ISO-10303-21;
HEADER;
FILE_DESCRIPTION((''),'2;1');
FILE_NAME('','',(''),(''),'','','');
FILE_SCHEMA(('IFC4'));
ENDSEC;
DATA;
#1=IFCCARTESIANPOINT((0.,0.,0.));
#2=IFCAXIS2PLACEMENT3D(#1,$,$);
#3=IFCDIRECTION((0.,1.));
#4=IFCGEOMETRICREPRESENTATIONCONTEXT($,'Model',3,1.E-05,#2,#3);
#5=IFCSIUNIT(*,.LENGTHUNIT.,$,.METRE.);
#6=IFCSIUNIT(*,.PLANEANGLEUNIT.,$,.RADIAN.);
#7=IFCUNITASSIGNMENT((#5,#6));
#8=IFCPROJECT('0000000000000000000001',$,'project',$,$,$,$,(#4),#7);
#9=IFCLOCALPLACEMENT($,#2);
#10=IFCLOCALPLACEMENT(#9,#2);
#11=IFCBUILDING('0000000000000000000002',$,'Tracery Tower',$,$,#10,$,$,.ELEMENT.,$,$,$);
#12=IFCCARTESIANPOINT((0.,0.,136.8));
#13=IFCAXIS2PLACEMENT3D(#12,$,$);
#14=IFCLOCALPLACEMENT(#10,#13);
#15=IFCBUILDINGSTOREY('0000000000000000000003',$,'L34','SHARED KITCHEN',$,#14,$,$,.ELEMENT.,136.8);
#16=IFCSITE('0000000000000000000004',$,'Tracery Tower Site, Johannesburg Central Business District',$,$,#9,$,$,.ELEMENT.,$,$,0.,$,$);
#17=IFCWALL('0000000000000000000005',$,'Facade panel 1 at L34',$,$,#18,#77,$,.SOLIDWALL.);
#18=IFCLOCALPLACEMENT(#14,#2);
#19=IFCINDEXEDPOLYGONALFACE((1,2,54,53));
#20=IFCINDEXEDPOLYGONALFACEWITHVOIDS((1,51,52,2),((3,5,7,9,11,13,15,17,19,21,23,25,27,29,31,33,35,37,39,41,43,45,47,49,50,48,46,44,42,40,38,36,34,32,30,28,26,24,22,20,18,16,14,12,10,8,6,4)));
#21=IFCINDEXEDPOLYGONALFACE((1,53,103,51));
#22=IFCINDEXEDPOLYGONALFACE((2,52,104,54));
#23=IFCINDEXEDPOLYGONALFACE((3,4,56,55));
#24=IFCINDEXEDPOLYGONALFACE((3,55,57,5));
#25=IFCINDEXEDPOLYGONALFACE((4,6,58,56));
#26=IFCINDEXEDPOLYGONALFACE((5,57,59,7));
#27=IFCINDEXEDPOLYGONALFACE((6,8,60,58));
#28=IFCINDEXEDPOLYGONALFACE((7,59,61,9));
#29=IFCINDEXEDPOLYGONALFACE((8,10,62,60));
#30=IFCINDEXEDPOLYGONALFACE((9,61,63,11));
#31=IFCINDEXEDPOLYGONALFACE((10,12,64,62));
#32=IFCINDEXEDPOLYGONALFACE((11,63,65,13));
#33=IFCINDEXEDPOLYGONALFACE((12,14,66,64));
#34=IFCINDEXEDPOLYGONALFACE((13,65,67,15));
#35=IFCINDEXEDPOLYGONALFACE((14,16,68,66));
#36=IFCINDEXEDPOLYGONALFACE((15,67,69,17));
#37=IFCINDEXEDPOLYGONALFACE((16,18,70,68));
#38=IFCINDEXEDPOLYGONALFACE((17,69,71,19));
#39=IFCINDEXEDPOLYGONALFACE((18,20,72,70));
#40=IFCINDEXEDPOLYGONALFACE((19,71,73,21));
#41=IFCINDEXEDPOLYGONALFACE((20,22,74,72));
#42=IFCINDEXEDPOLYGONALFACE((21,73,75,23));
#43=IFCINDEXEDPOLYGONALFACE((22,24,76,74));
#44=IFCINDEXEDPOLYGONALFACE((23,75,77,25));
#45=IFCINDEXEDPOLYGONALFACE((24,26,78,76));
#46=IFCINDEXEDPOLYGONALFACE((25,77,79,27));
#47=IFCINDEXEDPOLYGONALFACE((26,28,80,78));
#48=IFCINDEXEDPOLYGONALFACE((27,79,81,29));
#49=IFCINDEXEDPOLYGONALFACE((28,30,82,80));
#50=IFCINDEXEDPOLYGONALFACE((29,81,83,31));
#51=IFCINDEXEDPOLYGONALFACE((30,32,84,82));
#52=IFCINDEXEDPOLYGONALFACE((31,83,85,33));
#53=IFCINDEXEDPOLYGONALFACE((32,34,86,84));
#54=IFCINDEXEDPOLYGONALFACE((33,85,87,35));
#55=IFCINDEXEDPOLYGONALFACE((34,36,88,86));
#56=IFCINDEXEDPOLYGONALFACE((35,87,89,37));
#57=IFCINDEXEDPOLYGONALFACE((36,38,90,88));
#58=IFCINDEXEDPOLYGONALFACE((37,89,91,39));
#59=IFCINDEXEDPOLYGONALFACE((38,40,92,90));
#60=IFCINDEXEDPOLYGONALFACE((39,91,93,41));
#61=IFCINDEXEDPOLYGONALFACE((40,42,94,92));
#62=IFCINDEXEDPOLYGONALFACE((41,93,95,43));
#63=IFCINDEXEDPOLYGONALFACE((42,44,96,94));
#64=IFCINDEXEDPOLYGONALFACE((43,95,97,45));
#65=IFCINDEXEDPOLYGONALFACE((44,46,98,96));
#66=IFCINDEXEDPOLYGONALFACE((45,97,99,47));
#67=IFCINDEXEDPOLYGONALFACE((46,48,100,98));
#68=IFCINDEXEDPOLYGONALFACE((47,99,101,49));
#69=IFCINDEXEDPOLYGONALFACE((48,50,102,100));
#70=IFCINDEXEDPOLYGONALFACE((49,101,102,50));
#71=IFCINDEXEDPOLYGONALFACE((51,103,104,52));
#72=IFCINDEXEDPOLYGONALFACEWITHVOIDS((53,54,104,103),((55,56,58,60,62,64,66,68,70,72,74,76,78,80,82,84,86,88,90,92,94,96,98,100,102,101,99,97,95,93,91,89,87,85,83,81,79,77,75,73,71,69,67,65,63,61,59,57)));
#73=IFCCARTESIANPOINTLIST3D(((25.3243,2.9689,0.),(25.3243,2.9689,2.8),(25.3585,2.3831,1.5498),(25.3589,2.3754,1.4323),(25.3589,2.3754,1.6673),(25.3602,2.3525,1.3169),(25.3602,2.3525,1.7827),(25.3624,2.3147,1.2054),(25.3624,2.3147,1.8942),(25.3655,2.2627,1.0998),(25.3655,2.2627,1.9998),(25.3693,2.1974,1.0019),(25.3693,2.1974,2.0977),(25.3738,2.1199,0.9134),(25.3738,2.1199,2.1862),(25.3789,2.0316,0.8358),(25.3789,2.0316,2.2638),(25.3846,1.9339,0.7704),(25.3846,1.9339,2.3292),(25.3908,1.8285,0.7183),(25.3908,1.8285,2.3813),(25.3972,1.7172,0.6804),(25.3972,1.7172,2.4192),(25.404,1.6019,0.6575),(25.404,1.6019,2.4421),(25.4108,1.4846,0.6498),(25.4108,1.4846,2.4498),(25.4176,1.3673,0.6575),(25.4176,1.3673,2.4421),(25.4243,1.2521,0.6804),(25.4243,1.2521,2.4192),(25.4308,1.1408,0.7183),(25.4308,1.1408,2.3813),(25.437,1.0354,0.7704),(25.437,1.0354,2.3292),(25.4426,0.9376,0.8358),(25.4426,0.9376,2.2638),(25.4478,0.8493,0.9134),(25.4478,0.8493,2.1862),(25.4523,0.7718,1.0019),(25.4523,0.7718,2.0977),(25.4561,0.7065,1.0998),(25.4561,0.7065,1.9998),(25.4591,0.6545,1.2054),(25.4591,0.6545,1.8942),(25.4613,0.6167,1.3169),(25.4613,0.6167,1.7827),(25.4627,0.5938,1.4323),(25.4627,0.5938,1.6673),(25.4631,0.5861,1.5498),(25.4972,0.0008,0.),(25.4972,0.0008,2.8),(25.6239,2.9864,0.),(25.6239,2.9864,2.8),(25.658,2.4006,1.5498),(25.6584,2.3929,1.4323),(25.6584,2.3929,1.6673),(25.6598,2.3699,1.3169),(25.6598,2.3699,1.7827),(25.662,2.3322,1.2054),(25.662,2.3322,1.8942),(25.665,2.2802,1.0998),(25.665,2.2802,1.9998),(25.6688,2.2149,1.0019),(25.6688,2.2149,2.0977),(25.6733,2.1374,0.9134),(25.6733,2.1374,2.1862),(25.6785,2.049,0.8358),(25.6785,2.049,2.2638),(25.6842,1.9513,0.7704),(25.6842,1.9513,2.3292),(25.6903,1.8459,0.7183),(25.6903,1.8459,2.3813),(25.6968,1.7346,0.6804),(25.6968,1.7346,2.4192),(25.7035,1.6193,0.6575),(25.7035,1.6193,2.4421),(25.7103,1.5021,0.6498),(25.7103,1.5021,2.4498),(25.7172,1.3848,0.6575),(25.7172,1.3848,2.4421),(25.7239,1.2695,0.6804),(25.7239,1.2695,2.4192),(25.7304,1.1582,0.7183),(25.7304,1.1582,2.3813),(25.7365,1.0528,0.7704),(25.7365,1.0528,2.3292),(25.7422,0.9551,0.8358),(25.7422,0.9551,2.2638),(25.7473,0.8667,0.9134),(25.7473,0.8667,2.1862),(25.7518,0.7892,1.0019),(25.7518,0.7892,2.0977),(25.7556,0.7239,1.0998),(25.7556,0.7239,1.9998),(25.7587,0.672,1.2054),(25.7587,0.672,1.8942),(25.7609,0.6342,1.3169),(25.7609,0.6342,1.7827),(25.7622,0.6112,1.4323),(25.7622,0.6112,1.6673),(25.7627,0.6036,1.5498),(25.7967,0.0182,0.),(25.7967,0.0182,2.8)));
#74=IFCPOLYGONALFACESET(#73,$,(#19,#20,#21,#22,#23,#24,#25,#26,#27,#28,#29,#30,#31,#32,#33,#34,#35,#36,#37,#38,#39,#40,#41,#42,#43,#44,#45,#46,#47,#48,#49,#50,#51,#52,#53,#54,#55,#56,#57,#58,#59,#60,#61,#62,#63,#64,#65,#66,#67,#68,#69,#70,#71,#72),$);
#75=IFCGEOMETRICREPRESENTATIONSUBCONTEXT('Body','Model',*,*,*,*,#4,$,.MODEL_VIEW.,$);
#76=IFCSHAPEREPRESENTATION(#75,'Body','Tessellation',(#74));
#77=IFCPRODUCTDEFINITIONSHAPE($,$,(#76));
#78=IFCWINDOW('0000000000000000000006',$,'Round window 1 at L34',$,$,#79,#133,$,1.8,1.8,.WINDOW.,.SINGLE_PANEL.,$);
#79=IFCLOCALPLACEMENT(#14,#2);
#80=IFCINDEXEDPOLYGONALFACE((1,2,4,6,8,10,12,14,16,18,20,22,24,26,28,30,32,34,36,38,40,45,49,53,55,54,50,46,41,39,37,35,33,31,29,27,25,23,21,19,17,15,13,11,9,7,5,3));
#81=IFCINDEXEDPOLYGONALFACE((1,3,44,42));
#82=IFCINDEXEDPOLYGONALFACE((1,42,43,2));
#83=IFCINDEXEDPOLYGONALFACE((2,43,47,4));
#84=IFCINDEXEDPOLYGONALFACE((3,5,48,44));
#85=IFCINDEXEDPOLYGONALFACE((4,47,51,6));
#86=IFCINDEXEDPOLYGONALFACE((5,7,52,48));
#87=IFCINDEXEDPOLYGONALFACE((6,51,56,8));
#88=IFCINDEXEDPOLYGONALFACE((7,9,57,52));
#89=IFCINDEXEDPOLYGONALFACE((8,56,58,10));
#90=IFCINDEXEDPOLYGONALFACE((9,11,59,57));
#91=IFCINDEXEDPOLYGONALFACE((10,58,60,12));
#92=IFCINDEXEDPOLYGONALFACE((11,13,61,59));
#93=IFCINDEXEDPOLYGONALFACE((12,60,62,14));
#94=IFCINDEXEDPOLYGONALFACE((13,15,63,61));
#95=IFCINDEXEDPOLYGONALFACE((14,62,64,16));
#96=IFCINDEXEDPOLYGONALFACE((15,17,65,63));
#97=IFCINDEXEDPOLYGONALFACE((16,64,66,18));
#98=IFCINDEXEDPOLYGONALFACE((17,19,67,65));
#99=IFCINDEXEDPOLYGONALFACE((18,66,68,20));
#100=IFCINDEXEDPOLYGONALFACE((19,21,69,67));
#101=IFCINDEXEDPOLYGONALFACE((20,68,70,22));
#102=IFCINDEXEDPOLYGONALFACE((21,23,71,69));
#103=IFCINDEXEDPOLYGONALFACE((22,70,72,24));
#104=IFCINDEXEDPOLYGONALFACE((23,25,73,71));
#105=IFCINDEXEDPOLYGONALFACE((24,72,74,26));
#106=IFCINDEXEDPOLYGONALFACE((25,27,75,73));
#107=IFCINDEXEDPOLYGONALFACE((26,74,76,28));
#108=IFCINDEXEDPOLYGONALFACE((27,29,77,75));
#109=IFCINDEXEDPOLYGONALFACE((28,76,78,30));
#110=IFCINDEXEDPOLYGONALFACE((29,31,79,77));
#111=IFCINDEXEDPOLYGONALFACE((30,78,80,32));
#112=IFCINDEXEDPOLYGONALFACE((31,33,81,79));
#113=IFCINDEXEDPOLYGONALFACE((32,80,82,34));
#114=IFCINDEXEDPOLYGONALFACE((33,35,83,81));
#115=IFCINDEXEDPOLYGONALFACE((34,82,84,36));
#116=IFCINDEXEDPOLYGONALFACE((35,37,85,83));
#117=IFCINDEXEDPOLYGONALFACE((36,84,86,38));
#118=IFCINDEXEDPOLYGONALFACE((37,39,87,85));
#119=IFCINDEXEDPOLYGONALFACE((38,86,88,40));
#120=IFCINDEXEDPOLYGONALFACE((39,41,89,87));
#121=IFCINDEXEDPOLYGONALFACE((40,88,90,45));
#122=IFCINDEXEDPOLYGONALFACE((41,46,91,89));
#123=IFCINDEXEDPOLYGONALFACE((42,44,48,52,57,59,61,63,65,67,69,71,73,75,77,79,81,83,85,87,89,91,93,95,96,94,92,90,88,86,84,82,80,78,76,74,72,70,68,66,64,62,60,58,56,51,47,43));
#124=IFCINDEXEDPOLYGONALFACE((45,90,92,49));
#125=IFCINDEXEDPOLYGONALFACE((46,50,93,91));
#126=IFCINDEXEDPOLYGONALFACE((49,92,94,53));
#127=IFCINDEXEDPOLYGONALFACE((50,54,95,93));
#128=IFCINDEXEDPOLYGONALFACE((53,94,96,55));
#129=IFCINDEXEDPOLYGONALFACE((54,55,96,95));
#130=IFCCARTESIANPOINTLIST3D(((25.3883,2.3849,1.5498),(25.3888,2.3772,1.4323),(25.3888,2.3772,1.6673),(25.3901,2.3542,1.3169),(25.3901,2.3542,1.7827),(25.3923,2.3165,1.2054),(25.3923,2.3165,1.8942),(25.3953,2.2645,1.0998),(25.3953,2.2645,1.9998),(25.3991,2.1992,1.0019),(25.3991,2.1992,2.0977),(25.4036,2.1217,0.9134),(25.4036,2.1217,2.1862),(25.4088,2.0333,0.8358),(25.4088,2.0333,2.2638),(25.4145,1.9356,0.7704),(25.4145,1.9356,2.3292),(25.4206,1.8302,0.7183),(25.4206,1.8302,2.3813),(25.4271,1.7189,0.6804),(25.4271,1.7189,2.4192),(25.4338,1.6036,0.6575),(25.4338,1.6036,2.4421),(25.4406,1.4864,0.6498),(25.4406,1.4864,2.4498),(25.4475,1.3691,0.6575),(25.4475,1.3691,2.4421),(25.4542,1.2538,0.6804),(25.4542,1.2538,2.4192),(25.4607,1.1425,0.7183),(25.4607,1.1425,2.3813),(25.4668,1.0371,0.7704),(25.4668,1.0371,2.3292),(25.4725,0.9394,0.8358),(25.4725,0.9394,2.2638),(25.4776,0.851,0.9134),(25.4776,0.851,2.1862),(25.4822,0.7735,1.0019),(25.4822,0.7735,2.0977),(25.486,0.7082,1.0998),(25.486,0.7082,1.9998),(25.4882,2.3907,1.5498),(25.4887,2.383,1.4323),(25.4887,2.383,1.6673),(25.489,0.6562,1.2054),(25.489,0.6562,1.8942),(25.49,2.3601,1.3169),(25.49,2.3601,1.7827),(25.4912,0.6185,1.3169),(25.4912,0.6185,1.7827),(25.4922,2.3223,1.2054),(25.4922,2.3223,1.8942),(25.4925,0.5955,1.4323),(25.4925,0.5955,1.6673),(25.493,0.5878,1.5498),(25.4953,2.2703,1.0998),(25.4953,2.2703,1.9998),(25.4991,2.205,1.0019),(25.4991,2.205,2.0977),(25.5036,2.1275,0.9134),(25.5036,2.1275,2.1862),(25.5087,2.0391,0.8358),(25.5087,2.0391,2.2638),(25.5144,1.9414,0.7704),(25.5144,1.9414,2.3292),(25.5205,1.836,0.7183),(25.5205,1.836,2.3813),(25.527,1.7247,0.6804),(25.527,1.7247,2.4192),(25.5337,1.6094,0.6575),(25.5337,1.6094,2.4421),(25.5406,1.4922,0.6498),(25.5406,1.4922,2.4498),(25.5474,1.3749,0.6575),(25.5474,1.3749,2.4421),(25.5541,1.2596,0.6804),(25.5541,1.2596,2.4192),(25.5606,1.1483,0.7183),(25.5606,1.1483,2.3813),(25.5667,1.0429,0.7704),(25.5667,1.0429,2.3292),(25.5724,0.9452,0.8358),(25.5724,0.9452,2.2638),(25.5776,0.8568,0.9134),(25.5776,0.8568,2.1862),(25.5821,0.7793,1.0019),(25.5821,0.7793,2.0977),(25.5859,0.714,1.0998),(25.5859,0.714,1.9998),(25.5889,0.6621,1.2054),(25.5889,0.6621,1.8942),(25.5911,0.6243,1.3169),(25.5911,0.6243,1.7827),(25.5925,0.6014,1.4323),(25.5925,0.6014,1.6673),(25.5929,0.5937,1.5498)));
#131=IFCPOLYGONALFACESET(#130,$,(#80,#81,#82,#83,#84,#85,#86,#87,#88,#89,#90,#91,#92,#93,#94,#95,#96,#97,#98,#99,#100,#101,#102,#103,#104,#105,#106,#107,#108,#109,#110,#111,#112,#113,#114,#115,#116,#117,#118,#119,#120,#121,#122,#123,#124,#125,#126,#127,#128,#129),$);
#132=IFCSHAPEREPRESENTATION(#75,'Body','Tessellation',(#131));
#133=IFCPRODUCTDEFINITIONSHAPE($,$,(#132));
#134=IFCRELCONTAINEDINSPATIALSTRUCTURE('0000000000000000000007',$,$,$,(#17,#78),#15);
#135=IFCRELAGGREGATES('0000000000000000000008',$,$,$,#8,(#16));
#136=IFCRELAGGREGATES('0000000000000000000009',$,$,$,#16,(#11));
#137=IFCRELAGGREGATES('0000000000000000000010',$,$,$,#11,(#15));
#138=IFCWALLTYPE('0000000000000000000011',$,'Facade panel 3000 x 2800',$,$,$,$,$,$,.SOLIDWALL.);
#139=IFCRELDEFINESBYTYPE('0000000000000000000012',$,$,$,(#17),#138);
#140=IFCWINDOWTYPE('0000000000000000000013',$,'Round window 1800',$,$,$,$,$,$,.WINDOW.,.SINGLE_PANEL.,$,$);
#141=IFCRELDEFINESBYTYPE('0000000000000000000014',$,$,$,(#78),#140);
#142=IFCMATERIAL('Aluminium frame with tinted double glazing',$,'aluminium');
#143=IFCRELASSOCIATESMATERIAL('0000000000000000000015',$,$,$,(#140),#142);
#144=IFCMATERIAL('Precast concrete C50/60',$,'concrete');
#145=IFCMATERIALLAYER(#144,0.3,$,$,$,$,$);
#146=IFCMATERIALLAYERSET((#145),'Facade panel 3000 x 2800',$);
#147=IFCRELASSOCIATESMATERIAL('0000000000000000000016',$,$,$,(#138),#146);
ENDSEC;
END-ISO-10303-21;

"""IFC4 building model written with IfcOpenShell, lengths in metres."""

from ifc_helpers import new_model, si_unit, direction, frame, frame_2d, origin, origin_2d, place, context, subcontext, project, spatial, rectangle, circle, extrude, material, layer, layer_set, type_object, element, fill, save


model = new_model("IFC4")

# Units and contexts
model_context = context("Model", 3, precision=1e-05, world=origin(), true_north=direction((0.0, 1.0)))
body_context = subcontext(model_context, "Body", "Model", "MODEL_VIEW")
ifc_project = project(units=[si_unit("LENGTHUNIT", "METRE"), si_unit("PLANEANGLEUNIT", "RADIAN")], contexts=[model_context])

# Site, building, storey
site_placement = place(None, origin())
site = spatial("IfcSite", under=ifc_project, at=site_placement, Name="Tracery Tower Site, Johannesburg Central Business District", CompositionType="ELEMENT", RefElevation=0.0)
building_placement = place(site_placement, origin())
building = spatial("IfcBuilding", under=site, at=building_placement, Name="Tracery Tower", CompositionType="ELEMENT")
storey_placement = place(building_placement, frame((0.0, 0.0, 136.8)))
storey = spatial("IfcBuildingStorey", under=building, at=storey_placement, Name="L34", Description="SHARED KITCHEN", CompositionType="ELEMENT", Elevation=136.8)

# Wall, opening, window
ifc_material_1 = material(Name="Aluminium frame with tinted double glazing", Category="aluminium")
window_type = type_object("IfcWindowType", Name="Round window 1800", PartitioningType="SINGLE_PANEL", PredefinedType="WINDOW", material=ifc_material_1)
ifc_material_2 = material(Name="Precast concrete C50/60", Category="concrete")
ifc_layer_1 = layer(ifc_material_2, 0.3)
ifc_layer_set_1 = layer_set([ifc_layer_1], Name="Facade panel 3000 x 2800")
wall_type_1 = type_object("IfcWallType", Name="Facade panel 3000 x 2800", PredefinedType="SOLIDWALL", material=ifc_layer_set_1)
wall_1_placement = place(storey_placement, frame((25.647, 0.0095, 0.0), z_axis=(0.0, 0.0, 1.0), x_axis=(-0.05814, 0.998308, 0.0)))
wall_1 = element("IfcWall", 1, at=wall_1_placement, inside=storey, type_object=wall_type_1, Name="Facade panel 1 at L34", PredefinedType="SOLIDWALL", context=body_context, shape_type="SweptSolid", body=[
    extrude(rectangle(XDim=2.9731, YDim=0.3, at=frame_2d((1.4866, 0.0))), origin(), (0.0, 0.0, 1.0), 2.8),
])
opening_1_placement = place(wall_1_placement, frame((1.4863, 0.0, 1.5498)))
opening_1 = element("IfcOpeningElement", 2, at=opening_1_placement, cuts=wall_1, PredefinedType="OPENING", context=body_context, shape_type="SweptSolid", body=[
    extrude(circle(Radius=0.9, at=origin_2d()), frame((0.0, 0.1599, 0.0), z_axis=(0.0, -1.0, 0.0), x_axis=(1.0, 0.0, 0.0)), (0.0, 0.0, 1.0), 0.3201),
])
window_1_placement = place(opening_1_placement, origin())
window_1 = element("IfcWindow", 3, at=window_1_placement, inside=storey, type_object=window_type, Name="Round window 1 at L34", OverallHeight=1.8, OverallWidth=1.8, PartitioningType="SINGLE_PANEL", PredefinedType="WINDOW", context=body_context, shape_type="SweptSolid", body=[
    extrude(circle(Radius=0.9, at=origin_2d()), frame((0.0, 0.1201, 0.0), z_axis=(0.0, -1.0, 0.0), x_axis=(1.0, 0.0, 0.0)), (0.0, 0.0, 1.0), 0.1001),
])
fill(opening_1, window_1)

save(model, "model.ifc")
